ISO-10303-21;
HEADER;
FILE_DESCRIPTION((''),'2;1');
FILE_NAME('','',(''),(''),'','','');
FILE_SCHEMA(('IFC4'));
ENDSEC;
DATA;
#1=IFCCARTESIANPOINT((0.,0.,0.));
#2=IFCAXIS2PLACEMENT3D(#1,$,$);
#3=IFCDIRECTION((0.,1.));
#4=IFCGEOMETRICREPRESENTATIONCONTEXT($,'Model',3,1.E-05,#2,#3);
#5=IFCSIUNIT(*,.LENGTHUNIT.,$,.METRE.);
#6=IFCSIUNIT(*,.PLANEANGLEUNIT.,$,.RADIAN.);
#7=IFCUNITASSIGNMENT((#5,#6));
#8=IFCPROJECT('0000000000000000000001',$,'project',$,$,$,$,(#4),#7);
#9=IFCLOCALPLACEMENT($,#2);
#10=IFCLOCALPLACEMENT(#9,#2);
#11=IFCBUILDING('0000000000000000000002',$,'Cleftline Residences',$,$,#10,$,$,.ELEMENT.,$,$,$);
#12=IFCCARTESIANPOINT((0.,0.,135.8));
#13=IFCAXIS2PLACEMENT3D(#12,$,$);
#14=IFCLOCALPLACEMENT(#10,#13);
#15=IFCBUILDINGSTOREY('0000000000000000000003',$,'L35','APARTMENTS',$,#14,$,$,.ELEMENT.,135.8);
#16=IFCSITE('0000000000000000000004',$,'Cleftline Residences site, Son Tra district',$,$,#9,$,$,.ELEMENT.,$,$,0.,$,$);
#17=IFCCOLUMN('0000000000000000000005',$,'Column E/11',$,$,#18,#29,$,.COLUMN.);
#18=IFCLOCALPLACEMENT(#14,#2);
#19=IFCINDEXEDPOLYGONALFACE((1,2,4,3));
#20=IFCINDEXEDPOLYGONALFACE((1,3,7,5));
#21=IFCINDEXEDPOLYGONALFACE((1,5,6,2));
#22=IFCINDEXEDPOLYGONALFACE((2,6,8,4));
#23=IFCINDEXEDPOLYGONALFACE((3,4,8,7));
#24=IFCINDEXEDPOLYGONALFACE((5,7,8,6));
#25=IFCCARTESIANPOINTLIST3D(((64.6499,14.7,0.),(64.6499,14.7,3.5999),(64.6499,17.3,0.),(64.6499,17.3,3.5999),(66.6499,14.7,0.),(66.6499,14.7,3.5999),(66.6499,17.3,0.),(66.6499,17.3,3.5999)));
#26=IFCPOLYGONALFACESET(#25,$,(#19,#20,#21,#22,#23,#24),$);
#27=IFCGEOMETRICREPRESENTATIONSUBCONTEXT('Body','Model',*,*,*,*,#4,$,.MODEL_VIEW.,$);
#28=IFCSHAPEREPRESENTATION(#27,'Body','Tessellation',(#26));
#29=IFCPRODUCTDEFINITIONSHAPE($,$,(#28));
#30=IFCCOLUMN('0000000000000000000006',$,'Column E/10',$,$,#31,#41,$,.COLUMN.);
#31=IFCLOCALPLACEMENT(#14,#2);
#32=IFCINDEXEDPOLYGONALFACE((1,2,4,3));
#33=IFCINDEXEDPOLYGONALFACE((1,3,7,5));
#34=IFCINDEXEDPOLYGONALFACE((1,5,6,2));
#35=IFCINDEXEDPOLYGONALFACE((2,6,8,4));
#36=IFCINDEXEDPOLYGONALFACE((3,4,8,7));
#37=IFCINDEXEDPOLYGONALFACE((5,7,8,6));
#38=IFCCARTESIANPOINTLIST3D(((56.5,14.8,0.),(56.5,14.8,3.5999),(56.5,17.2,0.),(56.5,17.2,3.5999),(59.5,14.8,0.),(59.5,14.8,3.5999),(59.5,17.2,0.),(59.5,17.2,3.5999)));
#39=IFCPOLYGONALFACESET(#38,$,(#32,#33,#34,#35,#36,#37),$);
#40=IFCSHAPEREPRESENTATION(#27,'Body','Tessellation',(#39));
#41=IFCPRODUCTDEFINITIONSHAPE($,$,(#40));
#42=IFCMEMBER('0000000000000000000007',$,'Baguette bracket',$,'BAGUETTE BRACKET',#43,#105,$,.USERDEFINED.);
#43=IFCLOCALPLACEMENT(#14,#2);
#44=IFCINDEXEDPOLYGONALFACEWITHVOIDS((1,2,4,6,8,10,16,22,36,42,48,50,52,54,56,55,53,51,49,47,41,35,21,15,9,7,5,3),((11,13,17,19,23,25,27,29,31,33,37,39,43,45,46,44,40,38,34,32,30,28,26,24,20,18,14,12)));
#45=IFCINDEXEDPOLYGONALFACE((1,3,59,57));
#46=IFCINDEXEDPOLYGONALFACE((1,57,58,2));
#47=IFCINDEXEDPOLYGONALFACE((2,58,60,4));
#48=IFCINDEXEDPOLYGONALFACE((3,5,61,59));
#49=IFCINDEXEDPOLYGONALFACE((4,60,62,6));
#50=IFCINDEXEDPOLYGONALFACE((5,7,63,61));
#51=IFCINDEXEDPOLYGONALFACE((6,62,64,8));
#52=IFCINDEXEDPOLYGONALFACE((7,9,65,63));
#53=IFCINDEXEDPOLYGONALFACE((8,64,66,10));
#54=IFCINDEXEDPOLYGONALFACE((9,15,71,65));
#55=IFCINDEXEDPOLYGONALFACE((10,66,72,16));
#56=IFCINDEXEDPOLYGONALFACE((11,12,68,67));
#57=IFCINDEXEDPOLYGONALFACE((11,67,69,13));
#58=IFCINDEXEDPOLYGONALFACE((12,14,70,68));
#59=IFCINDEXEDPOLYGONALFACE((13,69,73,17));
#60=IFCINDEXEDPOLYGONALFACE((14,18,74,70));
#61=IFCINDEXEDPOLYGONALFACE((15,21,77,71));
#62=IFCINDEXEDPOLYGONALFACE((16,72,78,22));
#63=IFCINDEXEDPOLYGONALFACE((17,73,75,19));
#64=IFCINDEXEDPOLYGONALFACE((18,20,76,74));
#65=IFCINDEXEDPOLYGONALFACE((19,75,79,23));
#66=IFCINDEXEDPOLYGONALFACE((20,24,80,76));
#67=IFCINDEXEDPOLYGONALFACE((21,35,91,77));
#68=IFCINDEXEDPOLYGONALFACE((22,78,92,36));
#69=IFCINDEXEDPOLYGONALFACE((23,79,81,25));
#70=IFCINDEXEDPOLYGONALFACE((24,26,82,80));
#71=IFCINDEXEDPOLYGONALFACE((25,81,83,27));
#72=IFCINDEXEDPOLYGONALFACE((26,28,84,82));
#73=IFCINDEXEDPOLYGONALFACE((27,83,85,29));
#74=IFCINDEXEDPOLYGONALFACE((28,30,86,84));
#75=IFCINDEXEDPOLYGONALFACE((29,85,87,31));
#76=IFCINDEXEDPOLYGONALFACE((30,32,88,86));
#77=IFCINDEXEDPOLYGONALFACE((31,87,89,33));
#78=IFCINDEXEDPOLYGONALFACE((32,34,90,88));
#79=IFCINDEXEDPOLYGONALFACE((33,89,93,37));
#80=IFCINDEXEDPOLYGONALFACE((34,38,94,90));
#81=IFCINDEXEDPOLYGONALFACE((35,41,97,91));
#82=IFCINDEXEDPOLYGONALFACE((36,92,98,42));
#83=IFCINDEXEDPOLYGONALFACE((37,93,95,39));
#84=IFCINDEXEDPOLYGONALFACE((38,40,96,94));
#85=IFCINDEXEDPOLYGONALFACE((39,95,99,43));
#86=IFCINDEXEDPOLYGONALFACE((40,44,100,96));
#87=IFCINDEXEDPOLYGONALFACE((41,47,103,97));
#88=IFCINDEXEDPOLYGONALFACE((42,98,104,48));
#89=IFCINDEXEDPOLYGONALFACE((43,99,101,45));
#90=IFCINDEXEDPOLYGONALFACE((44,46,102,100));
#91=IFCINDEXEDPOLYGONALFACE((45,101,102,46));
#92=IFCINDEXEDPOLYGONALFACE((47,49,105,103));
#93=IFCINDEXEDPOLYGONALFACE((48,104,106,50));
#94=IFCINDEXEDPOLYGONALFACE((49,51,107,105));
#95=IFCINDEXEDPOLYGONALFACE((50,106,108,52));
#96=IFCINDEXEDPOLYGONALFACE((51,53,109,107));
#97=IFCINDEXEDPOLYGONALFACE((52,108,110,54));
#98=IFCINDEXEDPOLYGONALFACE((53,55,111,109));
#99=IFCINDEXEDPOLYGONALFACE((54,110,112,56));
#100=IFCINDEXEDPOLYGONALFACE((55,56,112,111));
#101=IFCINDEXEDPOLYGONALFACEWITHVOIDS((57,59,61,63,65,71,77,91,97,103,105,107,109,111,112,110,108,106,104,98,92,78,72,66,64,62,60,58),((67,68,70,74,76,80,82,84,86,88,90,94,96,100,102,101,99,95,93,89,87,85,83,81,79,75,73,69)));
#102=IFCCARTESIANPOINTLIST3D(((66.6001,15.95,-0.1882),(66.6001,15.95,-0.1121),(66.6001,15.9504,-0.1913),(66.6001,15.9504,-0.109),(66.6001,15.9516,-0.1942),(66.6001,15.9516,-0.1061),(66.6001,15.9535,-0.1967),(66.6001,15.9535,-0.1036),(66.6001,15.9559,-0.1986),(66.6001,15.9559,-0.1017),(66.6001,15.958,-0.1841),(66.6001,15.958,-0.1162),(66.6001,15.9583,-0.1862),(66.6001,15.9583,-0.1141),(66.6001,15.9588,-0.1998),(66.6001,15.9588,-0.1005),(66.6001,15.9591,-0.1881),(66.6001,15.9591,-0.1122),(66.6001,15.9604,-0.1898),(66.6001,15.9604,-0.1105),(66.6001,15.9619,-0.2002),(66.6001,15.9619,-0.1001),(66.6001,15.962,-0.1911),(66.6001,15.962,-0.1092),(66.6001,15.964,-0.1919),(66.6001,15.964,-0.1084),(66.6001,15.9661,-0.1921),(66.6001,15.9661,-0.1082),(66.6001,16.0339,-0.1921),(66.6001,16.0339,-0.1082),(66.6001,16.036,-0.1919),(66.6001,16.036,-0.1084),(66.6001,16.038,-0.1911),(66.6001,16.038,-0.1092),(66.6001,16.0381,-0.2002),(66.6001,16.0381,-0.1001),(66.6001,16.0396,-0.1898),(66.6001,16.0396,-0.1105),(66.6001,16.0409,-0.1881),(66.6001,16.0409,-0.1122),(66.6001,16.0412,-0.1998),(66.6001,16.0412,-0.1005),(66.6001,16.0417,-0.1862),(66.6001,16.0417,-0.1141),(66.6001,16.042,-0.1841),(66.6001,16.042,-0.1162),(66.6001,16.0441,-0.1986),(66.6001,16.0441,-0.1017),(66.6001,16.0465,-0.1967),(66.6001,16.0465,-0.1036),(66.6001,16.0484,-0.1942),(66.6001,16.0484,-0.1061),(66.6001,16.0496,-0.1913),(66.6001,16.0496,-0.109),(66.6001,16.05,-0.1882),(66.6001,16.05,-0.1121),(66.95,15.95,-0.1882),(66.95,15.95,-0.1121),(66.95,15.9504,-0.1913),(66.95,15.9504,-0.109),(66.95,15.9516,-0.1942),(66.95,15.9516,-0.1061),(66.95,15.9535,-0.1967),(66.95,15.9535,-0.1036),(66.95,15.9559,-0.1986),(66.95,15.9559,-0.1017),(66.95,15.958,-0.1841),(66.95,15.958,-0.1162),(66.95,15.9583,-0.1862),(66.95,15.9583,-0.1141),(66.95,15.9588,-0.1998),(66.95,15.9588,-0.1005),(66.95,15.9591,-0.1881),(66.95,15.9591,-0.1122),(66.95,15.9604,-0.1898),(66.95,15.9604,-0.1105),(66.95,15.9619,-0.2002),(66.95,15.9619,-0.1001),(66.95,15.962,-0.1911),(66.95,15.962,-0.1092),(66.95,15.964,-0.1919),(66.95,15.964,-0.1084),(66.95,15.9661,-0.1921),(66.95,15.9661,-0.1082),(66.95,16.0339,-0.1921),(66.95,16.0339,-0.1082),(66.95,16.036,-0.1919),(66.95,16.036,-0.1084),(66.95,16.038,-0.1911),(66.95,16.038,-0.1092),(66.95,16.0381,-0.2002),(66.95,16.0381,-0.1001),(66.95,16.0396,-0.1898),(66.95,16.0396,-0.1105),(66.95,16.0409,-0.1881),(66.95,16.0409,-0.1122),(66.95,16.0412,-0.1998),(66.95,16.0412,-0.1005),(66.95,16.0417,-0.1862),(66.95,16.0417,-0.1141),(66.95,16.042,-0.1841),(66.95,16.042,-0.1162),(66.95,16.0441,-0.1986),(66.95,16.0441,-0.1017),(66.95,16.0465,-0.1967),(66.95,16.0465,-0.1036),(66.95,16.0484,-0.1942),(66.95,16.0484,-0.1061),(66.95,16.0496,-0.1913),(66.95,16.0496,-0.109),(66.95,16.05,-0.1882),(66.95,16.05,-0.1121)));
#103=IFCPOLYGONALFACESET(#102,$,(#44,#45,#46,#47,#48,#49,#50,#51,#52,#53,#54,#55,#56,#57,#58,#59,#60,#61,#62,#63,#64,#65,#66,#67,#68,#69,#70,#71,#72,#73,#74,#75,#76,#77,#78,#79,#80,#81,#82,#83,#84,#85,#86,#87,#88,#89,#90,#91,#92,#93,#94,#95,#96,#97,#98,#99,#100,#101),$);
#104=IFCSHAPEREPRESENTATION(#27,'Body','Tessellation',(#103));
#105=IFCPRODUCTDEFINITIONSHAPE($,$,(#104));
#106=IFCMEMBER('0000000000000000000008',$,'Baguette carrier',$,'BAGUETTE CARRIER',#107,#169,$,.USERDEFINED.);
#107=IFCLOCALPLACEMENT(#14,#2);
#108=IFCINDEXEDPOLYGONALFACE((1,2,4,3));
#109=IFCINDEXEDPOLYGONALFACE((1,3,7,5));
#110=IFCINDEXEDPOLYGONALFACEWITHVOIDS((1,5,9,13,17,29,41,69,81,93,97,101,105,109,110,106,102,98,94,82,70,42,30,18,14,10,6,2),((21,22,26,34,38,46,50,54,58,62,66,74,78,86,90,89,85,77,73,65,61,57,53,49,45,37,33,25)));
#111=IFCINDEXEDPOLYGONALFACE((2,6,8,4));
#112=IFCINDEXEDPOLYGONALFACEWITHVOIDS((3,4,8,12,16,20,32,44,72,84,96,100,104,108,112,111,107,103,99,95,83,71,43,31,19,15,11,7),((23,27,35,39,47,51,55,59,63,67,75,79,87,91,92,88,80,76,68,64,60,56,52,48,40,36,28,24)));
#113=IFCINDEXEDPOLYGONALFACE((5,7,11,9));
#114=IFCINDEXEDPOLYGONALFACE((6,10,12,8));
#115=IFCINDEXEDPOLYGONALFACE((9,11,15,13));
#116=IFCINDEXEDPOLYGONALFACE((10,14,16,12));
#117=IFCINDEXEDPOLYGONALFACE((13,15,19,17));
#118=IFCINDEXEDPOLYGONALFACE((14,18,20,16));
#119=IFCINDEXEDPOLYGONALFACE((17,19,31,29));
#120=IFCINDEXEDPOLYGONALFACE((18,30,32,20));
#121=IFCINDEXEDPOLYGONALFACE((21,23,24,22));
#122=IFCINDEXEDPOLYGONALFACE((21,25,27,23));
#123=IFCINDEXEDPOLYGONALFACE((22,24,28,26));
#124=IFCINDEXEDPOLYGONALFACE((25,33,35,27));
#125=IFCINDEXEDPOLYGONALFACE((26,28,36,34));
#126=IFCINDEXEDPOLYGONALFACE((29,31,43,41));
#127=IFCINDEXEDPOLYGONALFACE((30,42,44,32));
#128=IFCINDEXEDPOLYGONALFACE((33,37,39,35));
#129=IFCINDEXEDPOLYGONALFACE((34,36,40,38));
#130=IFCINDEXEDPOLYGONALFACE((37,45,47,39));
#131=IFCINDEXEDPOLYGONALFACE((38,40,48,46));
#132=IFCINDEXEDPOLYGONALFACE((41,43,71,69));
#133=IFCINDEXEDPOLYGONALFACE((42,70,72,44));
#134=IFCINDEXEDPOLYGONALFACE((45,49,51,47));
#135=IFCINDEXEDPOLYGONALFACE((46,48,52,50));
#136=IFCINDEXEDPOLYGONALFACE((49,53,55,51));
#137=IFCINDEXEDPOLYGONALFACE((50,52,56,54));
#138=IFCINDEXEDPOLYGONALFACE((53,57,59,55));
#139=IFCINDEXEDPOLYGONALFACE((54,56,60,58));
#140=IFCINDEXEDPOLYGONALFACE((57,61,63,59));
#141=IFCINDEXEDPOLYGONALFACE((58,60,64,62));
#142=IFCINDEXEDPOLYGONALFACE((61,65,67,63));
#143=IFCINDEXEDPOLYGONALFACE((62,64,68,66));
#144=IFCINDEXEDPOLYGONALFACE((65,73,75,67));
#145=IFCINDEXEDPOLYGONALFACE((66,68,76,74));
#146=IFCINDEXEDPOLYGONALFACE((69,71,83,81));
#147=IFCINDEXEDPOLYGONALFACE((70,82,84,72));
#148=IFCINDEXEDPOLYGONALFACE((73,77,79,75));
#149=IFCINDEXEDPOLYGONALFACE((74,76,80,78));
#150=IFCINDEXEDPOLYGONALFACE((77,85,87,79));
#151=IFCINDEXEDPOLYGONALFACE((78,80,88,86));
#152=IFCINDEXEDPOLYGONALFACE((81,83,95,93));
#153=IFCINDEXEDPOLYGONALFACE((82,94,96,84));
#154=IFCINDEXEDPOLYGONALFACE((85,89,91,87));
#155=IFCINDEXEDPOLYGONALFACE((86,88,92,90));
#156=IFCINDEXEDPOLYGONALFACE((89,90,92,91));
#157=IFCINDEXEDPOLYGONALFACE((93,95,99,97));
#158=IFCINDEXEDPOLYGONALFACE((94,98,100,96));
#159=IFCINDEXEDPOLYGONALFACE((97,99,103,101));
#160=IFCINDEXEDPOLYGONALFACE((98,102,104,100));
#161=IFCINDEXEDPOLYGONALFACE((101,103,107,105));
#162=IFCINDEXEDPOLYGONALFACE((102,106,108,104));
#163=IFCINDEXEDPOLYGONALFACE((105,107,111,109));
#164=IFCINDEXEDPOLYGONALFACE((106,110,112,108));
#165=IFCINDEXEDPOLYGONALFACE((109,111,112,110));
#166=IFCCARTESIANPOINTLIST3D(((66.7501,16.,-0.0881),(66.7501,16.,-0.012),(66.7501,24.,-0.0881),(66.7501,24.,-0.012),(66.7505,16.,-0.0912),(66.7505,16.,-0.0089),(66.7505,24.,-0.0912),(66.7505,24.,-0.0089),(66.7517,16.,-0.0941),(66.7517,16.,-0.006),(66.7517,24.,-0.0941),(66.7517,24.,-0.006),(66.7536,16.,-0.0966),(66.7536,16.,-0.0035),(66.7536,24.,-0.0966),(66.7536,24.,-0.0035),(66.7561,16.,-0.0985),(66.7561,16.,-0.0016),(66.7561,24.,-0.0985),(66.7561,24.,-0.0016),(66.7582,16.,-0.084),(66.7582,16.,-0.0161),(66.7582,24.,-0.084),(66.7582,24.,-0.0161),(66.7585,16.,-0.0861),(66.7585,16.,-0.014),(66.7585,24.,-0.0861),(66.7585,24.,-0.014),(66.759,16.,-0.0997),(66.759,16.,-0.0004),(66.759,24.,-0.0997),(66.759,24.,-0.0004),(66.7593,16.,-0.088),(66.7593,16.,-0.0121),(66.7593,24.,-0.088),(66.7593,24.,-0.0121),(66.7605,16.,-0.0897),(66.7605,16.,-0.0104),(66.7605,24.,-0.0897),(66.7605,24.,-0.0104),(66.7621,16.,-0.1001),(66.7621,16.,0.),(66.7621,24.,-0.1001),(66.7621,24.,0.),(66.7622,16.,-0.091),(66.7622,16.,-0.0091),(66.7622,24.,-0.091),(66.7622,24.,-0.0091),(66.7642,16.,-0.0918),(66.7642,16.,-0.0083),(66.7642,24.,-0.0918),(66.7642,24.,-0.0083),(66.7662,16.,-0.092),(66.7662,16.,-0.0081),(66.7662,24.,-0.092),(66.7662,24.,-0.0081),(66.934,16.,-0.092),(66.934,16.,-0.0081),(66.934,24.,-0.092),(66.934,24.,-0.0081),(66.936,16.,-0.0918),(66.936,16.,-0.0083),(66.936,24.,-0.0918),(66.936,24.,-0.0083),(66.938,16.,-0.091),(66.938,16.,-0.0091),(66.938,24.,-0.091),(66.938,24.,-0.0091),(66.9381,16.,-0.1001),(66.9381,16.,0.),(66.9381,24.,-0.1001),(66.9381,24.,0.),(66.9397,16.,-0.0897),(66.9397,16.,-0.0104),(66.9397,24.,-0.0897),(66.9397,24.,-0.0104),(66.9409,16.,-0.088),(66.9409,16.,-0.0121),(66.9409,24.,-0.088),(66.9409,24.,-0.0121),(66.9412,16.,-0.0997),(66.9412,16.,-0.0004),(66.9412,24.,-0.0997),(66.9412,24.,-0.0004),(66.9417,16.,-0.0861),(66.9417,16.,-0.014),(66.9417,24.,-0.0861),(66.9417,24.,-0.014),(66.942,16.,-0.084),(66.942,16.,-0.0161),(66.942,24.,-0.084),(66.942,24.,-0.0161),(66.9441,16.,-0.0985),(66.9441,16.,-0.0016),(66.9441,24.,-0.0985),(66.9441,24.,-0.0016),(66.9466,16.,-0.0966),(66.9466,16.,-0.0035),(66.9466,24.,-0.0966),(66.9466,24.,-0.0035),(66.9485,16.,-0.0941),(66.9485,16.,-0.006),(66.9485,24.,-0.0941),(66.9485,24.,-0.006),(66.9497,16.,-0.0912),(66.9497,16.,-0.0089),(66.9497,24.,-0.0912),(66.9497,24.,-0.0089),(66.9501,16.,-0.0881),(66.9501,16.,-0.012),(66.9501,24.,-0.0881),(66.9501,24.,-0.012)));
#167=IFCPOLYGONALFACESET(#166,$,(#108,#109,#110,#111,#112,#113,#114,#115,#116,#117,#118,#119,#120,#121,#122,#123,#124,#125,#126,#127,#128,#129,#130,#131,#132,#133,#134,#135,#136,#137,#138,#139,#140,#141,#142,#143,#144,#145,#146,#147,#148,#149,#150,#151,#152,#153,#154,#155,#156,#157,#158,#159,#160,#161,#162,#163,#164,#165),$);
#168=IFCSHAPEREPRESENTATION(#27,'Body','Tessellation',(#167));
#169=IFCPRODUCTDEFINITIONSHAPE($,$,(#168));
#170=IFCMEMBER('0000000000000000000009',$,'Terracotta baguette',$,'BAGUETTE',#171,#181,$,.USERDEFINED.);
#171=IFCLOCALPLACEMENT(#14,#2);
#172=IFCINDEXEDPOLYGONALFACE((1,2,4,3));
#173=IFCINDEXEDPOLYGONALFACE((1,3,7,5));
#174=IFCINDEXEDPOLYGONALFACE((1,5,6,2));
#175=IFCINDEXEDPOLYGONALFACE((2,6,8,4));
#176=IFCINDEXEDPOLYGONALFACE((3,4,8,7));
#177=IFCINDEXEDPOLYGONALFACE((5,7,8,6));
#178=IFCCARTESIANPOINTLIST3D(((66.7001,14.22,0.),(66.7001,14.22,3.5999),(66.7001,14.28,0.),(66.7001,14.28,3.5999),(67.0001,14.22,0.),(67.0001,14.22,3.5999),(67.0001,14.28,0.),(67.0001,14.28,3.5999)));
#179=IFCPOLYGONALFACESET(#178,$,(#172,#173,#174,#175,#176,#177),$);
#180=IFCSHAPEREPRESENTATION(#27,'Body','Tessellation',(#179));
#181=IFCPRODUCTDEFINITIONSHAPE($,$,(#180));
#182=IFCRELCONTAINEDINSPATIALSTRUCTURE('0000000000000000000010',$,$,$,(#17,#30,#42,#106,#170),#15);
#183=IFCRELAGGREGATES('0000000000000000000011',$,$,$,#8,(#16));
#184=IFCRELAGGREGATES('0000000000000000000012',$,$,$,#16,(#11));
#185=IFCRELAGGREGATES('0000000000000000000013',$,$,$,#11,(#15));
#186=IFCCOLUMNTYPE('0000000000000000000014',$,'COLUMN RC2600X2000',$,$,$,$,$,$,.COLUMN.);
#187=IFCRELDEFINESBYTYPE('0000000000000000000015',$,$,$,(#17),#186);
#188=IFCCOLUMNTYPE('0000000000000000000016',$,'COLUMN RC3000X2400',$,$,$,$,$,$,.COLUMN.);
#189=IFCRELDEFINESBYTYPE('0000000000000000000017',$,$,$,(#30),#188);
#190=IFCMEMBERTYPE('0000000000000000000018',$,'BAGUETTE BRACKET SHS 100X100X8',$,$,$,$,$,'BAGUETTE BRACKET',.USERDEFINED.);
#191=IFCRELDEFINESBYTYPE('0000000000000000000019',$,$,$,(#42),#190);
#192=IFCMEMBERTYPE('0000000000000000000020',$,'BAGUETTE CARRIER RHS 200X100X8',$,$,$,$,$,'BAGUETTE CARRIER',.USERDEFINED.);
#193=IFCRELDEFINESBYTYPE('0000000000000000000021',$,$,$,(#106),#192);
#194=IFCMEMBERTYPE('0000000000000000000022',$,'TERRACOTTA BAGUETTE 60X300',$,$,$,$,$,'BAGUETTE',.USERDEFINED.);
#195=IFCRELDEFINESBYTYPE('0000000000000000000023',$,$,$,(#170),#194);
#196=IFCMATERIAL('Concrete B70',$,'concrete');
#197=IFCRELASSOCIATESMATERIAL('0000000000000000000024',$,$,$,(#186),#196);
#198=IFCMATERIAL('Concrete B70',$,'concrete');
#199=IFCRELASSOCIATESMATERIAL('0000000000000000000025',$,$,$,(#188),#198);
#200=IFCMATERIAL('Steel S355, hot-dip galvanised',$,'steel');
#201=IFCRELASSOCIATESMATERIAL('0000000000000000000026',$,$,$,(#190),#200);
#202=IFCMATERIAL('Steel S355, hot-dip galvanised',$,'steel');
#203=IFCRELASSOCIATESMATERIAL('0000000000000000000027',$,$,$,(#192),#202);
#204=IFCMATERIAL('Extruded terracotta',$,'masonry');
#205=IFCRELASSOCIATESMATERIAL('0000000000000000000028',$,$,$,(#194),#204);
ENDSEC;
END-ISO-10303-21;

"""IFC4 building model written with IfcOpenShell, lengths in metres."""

from ifc_helpers import new_model, si_unit, direction, frame, origin, origin_2d, place, context, subcontext, project, spatial, rectangle, hollow_rectangle, extrude, material, material_profile, profile_set, type_object, element, save


model = new_model("IFC4")

# Units and contexts
model_context = context("Model", 3, precision=1e-05, world=origin(), true_north=direction((0.0, 1.0)))
body_context = subcontext(model_context, "Body", "Model", "MODEL_VIEW")
ifc_project = project(units=[si_unit("LENGTHUNIT", "METRE"), si_unit("PLANEANGLEUNIT", "RADIAN")], contexts=[model_context])

# Site, building, storey
site_placement = place(None, origin())
site = spatial("IfcSite", under=ifc_project, at=site_placement, Name="Cleftline Residences site, Son Tra district", CompositionType="ELEMENT", RefElevation=0.0)
building_placement = place(site_placement, origin())
building = spatial("IfcBuilding", under=site, at=building_placement, Name="Cleftline Residences", CompositionType="ELEMENT")
storey_placement = place(building_placement, frame((0.0, 0.0, 135.8)))
storey = spatial("IfcBuildingStorey", under=building, at=storey_placement, Name="L35", Description="APARTMENTS", CompositionType="ELEMENT", Elevation=135.8)

# Columns
ifc_material_1 = material(Name="Concrete B70", Category="concrete")
ifc_material_profile_1 = material_profile(ifc_material_1, rectangle(XDim=2.6001, YDim=2.0, at=origin_2d()))
ifc_profile_set_1 = profile_set([ifc_material_profile_1], Name="Concrete B70")
column_type_1 = type_object("IfcColumnType", Name="COLUMN RC2600X2000", PredefinedType="COLUMN", material=ifc_profile_set_1)
column_1_placement = place(storey_placement, frame((65.6499, 16.0, 0.0), z_axis=(0.0, 0.0, 1.0), x_axis=(0.0, 1.0, 0.0)))
element("IfcColumn", 1, at=column_1_placement, inside=storey, type_object=column_type_1, Name="Column E/11", PredefinedType="COLUMN", context=body_context, shape_type="SweptSolid", body=[
    extrude(rectangle(XDim=2.6001, YDim=2.0, at=origin_2d()), origin(), (0.0, 0.0, 1.0), 3.5999),
])
ifc_material_2 = material(Name="Concrete B70", Category="concrete")
ifc_material_profile_2 = material_profile(ifc_material_2, rectangle(XDim=3.0, YDim=2.3999, at=origin_2d()))
ifc_profile_set_2 = profile_set([ifc_material_profile_2], Name="Concrete B70")
column_type_2 = type_object("IfcColumnType", Name="COLUMN RC3000X2400", PredefinedType="COLUMN", material=ifc_profile_set_2)
column_2_placement = place(storey_placement, frame((58.0, 16.0, 0.0), z_axis=(0.0, 0.0, 1.0), x_axis=(1.0, 0.0, 0.0)))
element("IfcColumn", 2, at=column_2_placement, inside=storey, type_object=column_type_2, Name="Column E/10", PredefinedType="COLUMN", context=body_context, shape_type="SweptSolid", body=[
    extrude(rectangle(XDim=3.0, YDim=2.3999, at=origin_2d()), origin(), (0.0, 0.0, 1.0), 3.5999),
])

# Members
ifc_material_3 = material(Name="Steel S355, hot-dip galvanised", Category="steel")
ifc_material_profile_3 = material_profile(ifc_material_3, hollow_rectangle(XDim=0.1001, YDim=0.1001, WallThickness=0.0081, InnerFilletRadius=0.0081, OuterFilletRadius=0.012, at=origin_2d()))
ifc_profile_set_3 = profile_set([ifc_material_profile_3], Name="Steel S355, hot-dip galvanised")
member_type_1 = type_object("IfcMemberType", Name="BAGUETTE BRACKET SHS 100X100X8", ElementType="BAGUETTE BRACKET", PredefinedType="USERDEFINED", material=ifc_profile_set_3)
member_1_placement = place(storey_placement, frame((66.6001, 16.0, -0.1501), z_axis=(1.0, 0.0, 0.0), x_axis=(0.0, 1.0, 0.0)))
element("IfcMember", 3, at=member_1_placement, inside=storey, type_object=member_type_1, Name="Baguette bracket", ObjectType="BAGUETTE BRACKET", PredefinedType="USERDEFINED", context=body_context, shape_type="SweptSolid", body=[
    extrude(hollow_rectangle(XDim=0.1001, YDim=0.1001, WallThickness=0.0081, InnerFilletRadius=0.0081, OuterFilletRadius=0.012, at=origin_2d()), origin(), (0.0, 0.0, 1.0), 0.3499),
])
ifc_material_4 = material(Name="Steel S355, hot-dip galvanised", Category="steel")
ifc_material_profile_4 = material_profile(ifc_material_4, hollow_rectangle(XDim=0.1001, YDim=0.2, WallThickness=0.0081, InnerFilletRadius=0.0081, OuterFilletRadius=0.012, at=origin_2d()))
ifc_profile_set_4 = profile_set([ifc_material_profile_4], Name="Steel S355, hot-dip galvanised")
member_type_2 = type_object("IfcMemberType", Name="BAGUETTE CARRIER RHS 200X100X8", ElementType="BAGUETTE CARRIER", PredefinedType="USERDEFINED", material=ifc_profile_set_4)
member_2_placement = place(storey_placement, frame((66.8501, 16.0, -0.05), z_axis=(0.0, 1.0, 0.0), x_axis=(0.0, 0.0, 1.0)))
element("IfcMember", 4, at=member_2_placement, inside=storey, type_object=member_type_2, Name="Baguette carrier", ObjectType="BAGUETTE CARRIER", PredefinedType="USERDEFINED", context=body_context, shape_type="SweptSolid", body=[
    extrude(hollow_rectangle(XDim=0.1001, YDim=0.2, WallThickness=0.0081, InnerFilletRadius=0.0081, OuterFilletRadius=0.012, at=origin_2d()), origin(), (0.0, 0.0, 1.0), 8.0),
])
ifc_material_5 = material(Name="Extruded terracotta", Category="masonry")
ifc_material_profile_5 = material_profile(ifc_material_5, rectangle(XDim=0.0601, YDim=0.3, at=origin_2d()))
ifc_profile_set_5 = profile_set([ifc_material_profile_5], Name="Extruded terracotta")
member_type_3 = type_object("IfcMemberType", Name="TERRACOTTA BAGUETTE 60X300", ElementType="BAGUETTE", PredefinedType="USERDEFINED", material=ifc_profile_set_5)
for number, where, z_axis, x_axis, name in (
    (5, (66.8501, 14.25, 0.0), (0.0, 0.0, 1.0), (0.0, 1.0, 0.0), "Terracotta baguette"),
):
    element("IfcMember", number, at=place(storey_placement, frame(where, z_axis=z_axis, x_axis=x_axis)), inside=storey, type_object=member_type_3, Name=name, ObjectType="BAGUETTE", PredefinedType="USERDEFINED", context=body_context, shape_type="SweptSolid", body=[
        extrude(rectangle(XDim=0.0601, YDim=0.3, at=origin_2d()), origin(), (0.0, 0.0, 1.0), 3.5999),
    ])

save(model, "model.ifc")
